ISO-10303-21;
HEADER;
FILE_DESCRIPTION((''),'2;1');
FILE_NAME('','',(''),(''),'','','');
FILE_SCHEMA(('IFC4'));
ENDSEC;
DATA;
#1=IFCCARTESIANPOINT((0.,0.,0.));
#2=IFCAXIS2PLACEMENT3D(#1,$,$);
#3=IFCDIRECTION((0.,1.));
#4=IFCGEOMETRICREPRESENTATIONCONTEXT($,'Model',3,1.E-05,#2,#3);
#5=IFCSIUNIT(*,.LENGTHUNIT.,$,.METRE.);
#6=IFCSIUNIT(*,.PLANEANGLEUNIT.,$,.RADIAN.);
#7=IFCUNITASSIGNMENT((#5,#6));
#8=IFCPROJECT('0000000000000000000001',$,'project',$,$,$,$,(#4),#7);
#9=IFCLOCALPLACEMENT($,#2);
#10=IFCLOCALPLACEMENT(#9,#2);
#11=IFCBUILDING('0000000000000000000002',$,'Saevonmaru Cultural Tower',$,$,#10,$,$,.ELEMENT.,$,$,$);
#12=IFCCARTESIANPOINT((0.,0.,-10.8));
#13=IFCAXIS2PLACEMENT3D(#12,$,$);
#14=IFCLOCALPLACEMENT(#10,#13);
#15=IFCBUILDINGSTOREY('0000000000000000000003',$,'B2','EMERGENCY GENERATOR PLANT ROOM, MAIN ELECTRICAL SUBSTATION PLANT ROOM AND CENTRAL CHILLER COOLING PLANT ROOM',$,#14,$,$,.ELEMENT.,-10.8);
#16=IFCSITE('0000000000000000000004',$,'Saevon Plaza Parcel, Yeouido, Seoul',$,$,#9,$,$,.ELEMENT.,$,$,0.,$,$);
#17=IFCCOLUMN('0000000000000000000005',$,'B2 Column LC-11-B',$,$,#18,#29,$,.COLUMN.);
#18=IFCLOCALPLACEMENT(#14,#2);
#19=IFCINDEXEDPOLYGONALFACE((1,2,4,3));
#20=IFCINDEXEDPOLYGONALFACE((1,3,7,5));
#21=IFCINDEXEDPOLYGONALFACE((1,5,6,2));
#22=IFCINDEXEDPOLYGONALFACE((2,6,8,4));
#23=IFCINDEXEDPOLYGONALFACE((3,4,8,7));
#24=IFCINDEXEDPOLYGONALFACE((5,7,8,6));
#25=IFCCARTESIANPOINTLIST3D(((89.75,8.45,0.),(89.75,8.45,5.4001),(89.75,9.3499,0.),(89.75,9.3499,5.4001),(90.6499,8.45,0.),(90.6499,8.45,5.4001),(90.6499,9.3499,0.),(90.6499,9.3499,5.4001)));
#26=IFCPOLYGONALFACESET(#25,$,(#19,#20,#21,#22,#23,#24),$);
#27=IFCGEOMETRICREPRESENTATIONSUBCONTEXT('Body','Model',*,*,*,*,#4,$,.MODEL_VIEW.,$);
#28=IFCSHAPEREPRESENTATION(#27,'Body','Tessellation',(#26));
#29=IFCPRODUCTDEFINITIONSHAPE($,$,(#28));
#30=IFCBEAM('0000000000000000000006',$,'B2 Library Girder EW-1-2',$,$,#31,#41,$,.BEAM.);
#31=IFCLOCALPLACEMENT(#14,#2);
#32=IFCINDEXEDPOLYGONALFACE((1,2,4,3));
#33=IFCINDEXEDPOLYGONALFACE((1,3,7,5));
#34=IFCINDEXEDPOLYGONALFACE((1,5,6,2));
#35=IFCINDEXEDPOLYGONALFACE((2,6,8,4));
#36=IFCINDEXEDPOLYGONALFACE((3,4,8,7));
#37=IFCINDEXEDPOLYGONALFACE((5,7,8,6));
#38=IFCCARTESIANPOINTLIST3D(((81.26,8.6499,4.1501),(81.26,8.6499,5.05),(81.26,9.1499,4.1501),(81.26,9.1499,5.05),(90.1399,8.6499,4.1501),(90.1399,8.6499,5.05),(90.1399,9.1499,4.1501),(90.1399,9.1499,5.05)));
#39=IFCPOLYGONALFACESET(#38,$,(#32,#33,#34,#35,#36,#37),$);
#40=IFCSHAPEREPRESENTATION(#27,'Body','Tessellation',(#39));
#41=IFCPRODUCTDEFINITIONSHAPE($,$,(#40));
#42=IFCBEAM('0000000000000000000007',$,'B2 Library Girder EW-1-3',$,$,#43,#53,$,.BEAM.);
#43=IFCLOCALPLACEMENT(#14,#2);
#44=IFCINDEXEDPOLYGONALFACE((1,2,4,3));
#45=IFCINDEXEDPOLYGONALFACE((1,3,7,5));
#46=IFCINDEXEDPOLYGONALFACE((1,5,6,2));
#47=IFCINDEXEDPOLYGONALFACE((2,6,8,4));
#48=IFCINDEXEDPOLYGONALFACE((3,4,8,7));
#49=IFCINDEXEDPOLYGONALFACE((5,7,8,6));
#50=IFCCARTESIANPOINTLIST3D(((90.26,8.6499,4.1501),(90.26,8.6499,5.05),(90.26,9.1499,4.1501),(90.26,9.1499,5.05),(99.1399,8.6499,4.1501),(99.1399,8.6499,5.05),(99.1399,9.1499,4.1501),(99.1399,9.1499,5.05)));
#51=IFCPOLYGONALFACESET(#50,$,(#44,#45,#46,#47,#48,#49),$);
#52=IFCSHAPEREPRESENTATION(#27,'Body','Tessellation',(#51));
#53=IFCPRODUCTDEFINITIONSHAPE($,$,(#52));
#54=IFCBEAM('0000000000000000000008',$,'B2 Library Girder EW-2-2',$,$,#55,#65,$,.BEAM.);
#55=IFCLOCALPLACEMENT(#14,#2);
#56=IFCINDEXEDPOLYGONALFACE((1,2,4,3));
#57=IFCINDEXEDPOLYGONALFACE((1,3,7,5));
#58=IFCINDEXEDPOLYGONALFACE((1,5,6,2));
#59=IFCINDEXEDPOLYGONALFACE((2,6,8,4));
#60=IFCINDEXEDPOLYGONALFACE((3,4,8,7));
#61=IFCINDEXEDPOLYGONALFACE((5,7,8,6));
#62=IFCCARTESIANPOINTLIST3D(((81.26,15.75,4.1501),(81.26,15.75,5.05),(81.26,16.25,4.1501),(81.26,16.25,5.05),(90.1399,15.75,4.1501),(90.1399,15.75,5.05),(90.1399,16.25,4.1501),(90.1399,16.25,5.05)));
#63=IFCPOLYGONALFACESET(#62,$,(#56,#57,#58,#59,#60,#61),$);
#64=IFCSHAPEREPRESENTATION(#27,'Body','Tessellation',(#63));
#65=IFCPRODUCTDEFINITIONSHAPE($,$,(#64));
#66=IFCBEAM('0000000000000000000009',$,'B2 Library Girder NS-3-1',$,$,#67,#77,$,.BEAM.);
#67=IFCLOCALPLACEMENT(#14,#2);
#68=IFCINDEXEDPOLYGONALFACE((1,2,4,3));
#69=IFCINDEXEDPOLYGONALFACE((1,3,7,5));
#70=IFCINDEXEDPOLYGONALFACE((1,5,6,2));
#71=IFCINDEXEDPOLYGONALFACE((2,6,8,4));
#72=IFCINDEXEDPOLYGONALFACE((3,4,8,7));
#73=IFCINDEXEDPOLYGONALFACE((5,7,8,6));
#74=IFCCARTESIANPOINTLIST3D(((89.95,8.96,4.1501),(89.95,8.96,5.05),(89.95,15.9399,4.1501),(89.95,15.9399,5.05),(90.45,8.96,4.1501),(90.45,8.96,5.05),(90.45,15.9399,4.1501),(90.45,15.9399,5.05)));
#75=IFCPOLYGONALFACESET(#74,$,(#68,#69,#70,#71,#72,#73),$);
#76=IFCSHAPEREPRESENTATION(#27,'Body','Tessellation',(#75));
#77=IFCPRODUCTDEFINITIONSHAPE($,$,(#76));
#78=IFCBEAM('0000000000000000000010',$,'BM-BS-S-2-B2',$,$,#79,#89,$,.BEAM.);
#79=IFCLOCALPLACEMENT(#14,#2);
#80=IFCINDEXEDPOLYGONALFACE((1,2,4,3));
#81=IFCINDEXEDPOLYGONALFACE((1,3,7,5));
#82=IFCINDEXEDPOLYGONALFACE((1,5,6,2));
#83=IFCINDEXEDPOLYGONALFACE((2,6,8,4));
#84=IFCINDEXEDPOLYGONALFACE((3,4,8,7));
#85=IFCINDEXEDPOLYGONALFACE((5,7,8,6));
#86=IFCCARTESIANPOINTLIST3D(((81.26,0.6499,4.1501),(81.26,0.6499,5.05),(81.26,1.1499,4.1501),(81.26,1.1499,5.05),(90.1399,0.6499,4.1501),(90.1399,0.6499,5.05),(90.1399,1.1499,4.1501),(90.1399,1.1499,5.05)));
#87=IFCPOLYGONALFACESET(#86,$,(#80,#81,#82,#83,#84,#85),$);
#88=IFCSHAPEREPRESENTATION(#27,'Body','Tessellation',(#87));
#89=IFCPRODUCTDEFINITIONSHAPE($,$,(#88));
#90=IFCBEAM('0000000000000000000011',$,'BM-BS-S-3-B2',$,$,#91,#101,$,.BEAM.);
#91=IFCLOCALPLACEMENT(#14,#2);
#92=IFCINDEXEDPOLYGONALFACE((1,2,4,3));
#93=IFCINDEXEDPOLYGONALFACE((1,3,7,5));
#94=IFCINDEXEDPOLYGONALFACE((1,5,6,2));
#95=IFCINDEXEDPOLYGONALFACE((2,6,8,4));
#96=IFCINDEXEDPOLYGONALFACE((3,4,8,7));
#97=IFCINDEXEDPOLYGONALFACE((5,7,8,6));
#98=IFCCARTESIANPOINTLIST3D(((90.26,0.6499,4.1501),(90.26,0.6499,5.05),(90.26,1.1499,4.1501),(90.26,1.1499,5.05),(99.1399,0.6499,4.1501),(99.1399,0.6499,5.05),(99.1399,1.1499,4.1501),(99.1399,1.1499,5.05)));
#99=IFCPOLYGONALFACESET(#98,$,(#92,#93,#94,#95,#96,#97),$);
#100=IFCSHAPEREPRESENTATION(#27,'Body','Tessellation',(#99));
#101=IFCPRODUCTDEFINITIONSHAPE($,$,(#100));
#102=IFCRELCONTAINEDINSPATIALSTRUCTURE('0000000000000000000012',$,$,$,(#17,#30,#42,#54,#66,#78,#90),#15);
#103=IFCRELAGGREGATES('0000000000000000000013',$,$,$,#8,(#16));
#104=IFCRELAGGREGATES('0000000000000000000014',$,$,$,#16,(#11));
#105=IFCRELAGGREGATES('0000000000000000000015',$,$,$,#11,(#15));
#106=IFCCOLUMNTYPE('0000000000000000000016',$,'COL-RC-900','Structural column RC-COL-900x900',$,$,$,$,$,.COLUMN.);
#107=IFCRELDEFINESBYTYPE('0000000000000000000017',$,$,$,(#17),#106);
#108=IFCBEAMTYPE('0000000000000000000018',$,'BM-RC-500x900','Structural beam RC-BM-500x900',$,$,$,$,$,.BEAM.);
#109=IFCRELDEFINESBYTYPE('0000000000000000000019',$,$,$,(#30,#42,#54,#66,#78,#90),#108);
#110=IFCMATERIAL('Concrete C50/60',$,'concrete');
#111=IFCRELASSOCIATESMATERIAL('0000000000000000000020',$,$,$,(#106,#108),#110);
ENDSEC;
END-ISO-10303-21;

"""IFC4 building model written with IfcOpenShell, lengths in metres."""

from ifc_helpers import new_model, si_unit, direction, frame, origin, origin_2d, place, context, subcontext, project, spatial, rectangle, extrude, material, material_profile, profile_set, type_object, element, save


model = new_model("IFC4")

# Units and contexts
model_context = context("Model", 3, precision=1e-05, world=origin(), true_north=direction((0.0, 1.0)))
body_context = subcontext(model_context, "Body", "Model", "MODEL_VIEW")
ifc_project = project(units=[si_unit("LENGTHUNIT", "METRE"), si_unit("PLANEANGLEUNIT", "RADIAN")], contexts=[model_context])

# Site, building, storey
site_placement = place(None, origin())
site = spatial("IfcSite", under=ifc_project, at=site_placement, Name="Saevon Plaza Parcel, Yeouido, Seoul", CompositionType="ELEMENT", RefElevation=0.0)
building_placement = place(site_placement, origin())
building = spatial("IfcBuilding", under=site, at=building_placement, Name="Saevonmaru Cultural Tower", CompositionType="ELEMENT")
storey_placement = place(building_placement, frame((0.0, 0.0, -10.8)))
storey = spatial("IfcBuildingStorey", under=building, at=storey_placement, Name="B2", Description="EMERGENCY GENERATOR PLANT ROOM, MAIN ELECTRICAL SUBSTATION PLANT ROOM AND CENTRAL CHILLER COOLING PLANT ROOM", CompositionType="ELEMENT", Elevation=-10.8)

# Shared definitions
ifc_material_1 = material(Name="Concrete C50/60", Category="concrete")

# Column
ifc_material_profile_1 = material_profile(ifc_material_1, rectangle(XDim=0.8999, YDim=0.8999, at=origin_2d()), Name="RC-COL-900x900")
ifc_profile_set_1 = profile_set([ifc_material_profile_1], Name="Concrete C50/60")
column_type = type_object("IfcColumnType", Name="COL-RC-900", Description="Structural column RC-COL-900x900", PredefinedType="COLUMN", material=ifc_profile_set_1)
for number, where, z_axis, x_axis, name in (
    (1, (90.2, 8.8999, 0.0), (0.0, 0.0, 1.0), (1.0, 0.0, 0.0), "B2 Column LC-11-B"),
):
    element("IfcColumn", number, at=place(storey_placement, frame(where, z_axis=z_axis, x_axis=x_axis)), inside=storey, type_object=column_type, Name=name, PredefinedType="COLUMN", context=body_context, shape_type="SweptSolid", body=[
        extrude(rectangle(XDim=0.8999, YDim=0.8999, at=origin_2d()), origin(), (0.0, 0.0, 1.0), 5.4001),
    ])

# Beams
ifc_material_profile_2 = material_profile(ifc_material_1, rectangle(XDim=0.5, YDim=0.8999, at=origin_2d()), Name="RC-BM-500x900")
ifc_profile_set_2 = profile_set([ifc_material_profile_2], Name="Concrete C50/60")
beam_type = type_object("IfcBeamType", Name="BM-RC-500x900", Description="Structural beam RC-BM-500x900", PredefinedType="BEAM", material=ifc_profile_set_2)
for number, where, z_axis, x_axis, name in (
    (2, (81.26, 8.8999, 4.6001), (1.0, 0.0, 0.0), (0.0, 1.0, 0.0), "B2 Library Girder EW-1-2"),
    (3, (90.26, 8.8999, 4.6001), (1.0, 0.0, 0.0), (0.0, 1.0, 0.0), "B2 Library Girder EW-1-3"),
    (4, (81.26, 16.0, 4.6001), (1.0, 0.0, 0.0), (0.0, 1.0, 0.0), "B2 Library Girder EW-2-2"),
):
    element("IfcBeam", number, at=place(storey_placement, frame(where, z_axis=z_axis, x_axis=x_axis)), inside=storey, type_object=beam_type, Name=name, PredefinedType="BEAM", context=body_context, shape_type="SweptSolid", body=[
        extrude(rectangle(XDim=0.5, YDim=0.8999, at=origin_2d()), origin(), (0.0, 0.0, 1.0), 8.8799),
    ])
beam_placement = place(storey_placement, frame((90.2, 8.96, 4.6001), z_axis=(0.0, 1.0, 0.0), x_axis=(-1.0, 0.0, 0.0)))
element("IfcBeam", 5, at=beam_placement, inside=storey, type_object=beam_type, Name="B2 Library Girder NS-3-1", PredefinedType="BEAM", context=body_context, shape_type="SweptSolid", body=[
    extrude(rectangle(XDim=0.5, YDim=0.8999, at=origin_2d()), origin(), (0.0, 0.0, 1.0), 6.98),
])
for number, where, z_axis, x_axis, name in (
    (6, (81.26, 0.8999, 4.6001), (1.0, 0.0, 0.0), (0.0, 1.0, 0.0), "BM-BS-S-2-B2"),
    (7, (90.26, 0.8999, 4.6001), (1.0, 0.0, 0.0), (0.0, 1.0, 0.0), "BM-BS-S-3-B2"),
):
    element("IfcBeam", number, at=place(storey_placement, frame(where, z_axis=z_axis, x_axis=x_axis)), inside=storey, type_object=beam_type, Name=name, PredefinedType="BEAM", context=body_context, shape_type="SweptSolid", body=[
        extrude(rectangle(XDim=0.5, YDim=0.8999, at=origin_2d()), origin(), (0.0, 0.0, 1.0), 8.8799),
    ])

save(model, "model.ifc")
